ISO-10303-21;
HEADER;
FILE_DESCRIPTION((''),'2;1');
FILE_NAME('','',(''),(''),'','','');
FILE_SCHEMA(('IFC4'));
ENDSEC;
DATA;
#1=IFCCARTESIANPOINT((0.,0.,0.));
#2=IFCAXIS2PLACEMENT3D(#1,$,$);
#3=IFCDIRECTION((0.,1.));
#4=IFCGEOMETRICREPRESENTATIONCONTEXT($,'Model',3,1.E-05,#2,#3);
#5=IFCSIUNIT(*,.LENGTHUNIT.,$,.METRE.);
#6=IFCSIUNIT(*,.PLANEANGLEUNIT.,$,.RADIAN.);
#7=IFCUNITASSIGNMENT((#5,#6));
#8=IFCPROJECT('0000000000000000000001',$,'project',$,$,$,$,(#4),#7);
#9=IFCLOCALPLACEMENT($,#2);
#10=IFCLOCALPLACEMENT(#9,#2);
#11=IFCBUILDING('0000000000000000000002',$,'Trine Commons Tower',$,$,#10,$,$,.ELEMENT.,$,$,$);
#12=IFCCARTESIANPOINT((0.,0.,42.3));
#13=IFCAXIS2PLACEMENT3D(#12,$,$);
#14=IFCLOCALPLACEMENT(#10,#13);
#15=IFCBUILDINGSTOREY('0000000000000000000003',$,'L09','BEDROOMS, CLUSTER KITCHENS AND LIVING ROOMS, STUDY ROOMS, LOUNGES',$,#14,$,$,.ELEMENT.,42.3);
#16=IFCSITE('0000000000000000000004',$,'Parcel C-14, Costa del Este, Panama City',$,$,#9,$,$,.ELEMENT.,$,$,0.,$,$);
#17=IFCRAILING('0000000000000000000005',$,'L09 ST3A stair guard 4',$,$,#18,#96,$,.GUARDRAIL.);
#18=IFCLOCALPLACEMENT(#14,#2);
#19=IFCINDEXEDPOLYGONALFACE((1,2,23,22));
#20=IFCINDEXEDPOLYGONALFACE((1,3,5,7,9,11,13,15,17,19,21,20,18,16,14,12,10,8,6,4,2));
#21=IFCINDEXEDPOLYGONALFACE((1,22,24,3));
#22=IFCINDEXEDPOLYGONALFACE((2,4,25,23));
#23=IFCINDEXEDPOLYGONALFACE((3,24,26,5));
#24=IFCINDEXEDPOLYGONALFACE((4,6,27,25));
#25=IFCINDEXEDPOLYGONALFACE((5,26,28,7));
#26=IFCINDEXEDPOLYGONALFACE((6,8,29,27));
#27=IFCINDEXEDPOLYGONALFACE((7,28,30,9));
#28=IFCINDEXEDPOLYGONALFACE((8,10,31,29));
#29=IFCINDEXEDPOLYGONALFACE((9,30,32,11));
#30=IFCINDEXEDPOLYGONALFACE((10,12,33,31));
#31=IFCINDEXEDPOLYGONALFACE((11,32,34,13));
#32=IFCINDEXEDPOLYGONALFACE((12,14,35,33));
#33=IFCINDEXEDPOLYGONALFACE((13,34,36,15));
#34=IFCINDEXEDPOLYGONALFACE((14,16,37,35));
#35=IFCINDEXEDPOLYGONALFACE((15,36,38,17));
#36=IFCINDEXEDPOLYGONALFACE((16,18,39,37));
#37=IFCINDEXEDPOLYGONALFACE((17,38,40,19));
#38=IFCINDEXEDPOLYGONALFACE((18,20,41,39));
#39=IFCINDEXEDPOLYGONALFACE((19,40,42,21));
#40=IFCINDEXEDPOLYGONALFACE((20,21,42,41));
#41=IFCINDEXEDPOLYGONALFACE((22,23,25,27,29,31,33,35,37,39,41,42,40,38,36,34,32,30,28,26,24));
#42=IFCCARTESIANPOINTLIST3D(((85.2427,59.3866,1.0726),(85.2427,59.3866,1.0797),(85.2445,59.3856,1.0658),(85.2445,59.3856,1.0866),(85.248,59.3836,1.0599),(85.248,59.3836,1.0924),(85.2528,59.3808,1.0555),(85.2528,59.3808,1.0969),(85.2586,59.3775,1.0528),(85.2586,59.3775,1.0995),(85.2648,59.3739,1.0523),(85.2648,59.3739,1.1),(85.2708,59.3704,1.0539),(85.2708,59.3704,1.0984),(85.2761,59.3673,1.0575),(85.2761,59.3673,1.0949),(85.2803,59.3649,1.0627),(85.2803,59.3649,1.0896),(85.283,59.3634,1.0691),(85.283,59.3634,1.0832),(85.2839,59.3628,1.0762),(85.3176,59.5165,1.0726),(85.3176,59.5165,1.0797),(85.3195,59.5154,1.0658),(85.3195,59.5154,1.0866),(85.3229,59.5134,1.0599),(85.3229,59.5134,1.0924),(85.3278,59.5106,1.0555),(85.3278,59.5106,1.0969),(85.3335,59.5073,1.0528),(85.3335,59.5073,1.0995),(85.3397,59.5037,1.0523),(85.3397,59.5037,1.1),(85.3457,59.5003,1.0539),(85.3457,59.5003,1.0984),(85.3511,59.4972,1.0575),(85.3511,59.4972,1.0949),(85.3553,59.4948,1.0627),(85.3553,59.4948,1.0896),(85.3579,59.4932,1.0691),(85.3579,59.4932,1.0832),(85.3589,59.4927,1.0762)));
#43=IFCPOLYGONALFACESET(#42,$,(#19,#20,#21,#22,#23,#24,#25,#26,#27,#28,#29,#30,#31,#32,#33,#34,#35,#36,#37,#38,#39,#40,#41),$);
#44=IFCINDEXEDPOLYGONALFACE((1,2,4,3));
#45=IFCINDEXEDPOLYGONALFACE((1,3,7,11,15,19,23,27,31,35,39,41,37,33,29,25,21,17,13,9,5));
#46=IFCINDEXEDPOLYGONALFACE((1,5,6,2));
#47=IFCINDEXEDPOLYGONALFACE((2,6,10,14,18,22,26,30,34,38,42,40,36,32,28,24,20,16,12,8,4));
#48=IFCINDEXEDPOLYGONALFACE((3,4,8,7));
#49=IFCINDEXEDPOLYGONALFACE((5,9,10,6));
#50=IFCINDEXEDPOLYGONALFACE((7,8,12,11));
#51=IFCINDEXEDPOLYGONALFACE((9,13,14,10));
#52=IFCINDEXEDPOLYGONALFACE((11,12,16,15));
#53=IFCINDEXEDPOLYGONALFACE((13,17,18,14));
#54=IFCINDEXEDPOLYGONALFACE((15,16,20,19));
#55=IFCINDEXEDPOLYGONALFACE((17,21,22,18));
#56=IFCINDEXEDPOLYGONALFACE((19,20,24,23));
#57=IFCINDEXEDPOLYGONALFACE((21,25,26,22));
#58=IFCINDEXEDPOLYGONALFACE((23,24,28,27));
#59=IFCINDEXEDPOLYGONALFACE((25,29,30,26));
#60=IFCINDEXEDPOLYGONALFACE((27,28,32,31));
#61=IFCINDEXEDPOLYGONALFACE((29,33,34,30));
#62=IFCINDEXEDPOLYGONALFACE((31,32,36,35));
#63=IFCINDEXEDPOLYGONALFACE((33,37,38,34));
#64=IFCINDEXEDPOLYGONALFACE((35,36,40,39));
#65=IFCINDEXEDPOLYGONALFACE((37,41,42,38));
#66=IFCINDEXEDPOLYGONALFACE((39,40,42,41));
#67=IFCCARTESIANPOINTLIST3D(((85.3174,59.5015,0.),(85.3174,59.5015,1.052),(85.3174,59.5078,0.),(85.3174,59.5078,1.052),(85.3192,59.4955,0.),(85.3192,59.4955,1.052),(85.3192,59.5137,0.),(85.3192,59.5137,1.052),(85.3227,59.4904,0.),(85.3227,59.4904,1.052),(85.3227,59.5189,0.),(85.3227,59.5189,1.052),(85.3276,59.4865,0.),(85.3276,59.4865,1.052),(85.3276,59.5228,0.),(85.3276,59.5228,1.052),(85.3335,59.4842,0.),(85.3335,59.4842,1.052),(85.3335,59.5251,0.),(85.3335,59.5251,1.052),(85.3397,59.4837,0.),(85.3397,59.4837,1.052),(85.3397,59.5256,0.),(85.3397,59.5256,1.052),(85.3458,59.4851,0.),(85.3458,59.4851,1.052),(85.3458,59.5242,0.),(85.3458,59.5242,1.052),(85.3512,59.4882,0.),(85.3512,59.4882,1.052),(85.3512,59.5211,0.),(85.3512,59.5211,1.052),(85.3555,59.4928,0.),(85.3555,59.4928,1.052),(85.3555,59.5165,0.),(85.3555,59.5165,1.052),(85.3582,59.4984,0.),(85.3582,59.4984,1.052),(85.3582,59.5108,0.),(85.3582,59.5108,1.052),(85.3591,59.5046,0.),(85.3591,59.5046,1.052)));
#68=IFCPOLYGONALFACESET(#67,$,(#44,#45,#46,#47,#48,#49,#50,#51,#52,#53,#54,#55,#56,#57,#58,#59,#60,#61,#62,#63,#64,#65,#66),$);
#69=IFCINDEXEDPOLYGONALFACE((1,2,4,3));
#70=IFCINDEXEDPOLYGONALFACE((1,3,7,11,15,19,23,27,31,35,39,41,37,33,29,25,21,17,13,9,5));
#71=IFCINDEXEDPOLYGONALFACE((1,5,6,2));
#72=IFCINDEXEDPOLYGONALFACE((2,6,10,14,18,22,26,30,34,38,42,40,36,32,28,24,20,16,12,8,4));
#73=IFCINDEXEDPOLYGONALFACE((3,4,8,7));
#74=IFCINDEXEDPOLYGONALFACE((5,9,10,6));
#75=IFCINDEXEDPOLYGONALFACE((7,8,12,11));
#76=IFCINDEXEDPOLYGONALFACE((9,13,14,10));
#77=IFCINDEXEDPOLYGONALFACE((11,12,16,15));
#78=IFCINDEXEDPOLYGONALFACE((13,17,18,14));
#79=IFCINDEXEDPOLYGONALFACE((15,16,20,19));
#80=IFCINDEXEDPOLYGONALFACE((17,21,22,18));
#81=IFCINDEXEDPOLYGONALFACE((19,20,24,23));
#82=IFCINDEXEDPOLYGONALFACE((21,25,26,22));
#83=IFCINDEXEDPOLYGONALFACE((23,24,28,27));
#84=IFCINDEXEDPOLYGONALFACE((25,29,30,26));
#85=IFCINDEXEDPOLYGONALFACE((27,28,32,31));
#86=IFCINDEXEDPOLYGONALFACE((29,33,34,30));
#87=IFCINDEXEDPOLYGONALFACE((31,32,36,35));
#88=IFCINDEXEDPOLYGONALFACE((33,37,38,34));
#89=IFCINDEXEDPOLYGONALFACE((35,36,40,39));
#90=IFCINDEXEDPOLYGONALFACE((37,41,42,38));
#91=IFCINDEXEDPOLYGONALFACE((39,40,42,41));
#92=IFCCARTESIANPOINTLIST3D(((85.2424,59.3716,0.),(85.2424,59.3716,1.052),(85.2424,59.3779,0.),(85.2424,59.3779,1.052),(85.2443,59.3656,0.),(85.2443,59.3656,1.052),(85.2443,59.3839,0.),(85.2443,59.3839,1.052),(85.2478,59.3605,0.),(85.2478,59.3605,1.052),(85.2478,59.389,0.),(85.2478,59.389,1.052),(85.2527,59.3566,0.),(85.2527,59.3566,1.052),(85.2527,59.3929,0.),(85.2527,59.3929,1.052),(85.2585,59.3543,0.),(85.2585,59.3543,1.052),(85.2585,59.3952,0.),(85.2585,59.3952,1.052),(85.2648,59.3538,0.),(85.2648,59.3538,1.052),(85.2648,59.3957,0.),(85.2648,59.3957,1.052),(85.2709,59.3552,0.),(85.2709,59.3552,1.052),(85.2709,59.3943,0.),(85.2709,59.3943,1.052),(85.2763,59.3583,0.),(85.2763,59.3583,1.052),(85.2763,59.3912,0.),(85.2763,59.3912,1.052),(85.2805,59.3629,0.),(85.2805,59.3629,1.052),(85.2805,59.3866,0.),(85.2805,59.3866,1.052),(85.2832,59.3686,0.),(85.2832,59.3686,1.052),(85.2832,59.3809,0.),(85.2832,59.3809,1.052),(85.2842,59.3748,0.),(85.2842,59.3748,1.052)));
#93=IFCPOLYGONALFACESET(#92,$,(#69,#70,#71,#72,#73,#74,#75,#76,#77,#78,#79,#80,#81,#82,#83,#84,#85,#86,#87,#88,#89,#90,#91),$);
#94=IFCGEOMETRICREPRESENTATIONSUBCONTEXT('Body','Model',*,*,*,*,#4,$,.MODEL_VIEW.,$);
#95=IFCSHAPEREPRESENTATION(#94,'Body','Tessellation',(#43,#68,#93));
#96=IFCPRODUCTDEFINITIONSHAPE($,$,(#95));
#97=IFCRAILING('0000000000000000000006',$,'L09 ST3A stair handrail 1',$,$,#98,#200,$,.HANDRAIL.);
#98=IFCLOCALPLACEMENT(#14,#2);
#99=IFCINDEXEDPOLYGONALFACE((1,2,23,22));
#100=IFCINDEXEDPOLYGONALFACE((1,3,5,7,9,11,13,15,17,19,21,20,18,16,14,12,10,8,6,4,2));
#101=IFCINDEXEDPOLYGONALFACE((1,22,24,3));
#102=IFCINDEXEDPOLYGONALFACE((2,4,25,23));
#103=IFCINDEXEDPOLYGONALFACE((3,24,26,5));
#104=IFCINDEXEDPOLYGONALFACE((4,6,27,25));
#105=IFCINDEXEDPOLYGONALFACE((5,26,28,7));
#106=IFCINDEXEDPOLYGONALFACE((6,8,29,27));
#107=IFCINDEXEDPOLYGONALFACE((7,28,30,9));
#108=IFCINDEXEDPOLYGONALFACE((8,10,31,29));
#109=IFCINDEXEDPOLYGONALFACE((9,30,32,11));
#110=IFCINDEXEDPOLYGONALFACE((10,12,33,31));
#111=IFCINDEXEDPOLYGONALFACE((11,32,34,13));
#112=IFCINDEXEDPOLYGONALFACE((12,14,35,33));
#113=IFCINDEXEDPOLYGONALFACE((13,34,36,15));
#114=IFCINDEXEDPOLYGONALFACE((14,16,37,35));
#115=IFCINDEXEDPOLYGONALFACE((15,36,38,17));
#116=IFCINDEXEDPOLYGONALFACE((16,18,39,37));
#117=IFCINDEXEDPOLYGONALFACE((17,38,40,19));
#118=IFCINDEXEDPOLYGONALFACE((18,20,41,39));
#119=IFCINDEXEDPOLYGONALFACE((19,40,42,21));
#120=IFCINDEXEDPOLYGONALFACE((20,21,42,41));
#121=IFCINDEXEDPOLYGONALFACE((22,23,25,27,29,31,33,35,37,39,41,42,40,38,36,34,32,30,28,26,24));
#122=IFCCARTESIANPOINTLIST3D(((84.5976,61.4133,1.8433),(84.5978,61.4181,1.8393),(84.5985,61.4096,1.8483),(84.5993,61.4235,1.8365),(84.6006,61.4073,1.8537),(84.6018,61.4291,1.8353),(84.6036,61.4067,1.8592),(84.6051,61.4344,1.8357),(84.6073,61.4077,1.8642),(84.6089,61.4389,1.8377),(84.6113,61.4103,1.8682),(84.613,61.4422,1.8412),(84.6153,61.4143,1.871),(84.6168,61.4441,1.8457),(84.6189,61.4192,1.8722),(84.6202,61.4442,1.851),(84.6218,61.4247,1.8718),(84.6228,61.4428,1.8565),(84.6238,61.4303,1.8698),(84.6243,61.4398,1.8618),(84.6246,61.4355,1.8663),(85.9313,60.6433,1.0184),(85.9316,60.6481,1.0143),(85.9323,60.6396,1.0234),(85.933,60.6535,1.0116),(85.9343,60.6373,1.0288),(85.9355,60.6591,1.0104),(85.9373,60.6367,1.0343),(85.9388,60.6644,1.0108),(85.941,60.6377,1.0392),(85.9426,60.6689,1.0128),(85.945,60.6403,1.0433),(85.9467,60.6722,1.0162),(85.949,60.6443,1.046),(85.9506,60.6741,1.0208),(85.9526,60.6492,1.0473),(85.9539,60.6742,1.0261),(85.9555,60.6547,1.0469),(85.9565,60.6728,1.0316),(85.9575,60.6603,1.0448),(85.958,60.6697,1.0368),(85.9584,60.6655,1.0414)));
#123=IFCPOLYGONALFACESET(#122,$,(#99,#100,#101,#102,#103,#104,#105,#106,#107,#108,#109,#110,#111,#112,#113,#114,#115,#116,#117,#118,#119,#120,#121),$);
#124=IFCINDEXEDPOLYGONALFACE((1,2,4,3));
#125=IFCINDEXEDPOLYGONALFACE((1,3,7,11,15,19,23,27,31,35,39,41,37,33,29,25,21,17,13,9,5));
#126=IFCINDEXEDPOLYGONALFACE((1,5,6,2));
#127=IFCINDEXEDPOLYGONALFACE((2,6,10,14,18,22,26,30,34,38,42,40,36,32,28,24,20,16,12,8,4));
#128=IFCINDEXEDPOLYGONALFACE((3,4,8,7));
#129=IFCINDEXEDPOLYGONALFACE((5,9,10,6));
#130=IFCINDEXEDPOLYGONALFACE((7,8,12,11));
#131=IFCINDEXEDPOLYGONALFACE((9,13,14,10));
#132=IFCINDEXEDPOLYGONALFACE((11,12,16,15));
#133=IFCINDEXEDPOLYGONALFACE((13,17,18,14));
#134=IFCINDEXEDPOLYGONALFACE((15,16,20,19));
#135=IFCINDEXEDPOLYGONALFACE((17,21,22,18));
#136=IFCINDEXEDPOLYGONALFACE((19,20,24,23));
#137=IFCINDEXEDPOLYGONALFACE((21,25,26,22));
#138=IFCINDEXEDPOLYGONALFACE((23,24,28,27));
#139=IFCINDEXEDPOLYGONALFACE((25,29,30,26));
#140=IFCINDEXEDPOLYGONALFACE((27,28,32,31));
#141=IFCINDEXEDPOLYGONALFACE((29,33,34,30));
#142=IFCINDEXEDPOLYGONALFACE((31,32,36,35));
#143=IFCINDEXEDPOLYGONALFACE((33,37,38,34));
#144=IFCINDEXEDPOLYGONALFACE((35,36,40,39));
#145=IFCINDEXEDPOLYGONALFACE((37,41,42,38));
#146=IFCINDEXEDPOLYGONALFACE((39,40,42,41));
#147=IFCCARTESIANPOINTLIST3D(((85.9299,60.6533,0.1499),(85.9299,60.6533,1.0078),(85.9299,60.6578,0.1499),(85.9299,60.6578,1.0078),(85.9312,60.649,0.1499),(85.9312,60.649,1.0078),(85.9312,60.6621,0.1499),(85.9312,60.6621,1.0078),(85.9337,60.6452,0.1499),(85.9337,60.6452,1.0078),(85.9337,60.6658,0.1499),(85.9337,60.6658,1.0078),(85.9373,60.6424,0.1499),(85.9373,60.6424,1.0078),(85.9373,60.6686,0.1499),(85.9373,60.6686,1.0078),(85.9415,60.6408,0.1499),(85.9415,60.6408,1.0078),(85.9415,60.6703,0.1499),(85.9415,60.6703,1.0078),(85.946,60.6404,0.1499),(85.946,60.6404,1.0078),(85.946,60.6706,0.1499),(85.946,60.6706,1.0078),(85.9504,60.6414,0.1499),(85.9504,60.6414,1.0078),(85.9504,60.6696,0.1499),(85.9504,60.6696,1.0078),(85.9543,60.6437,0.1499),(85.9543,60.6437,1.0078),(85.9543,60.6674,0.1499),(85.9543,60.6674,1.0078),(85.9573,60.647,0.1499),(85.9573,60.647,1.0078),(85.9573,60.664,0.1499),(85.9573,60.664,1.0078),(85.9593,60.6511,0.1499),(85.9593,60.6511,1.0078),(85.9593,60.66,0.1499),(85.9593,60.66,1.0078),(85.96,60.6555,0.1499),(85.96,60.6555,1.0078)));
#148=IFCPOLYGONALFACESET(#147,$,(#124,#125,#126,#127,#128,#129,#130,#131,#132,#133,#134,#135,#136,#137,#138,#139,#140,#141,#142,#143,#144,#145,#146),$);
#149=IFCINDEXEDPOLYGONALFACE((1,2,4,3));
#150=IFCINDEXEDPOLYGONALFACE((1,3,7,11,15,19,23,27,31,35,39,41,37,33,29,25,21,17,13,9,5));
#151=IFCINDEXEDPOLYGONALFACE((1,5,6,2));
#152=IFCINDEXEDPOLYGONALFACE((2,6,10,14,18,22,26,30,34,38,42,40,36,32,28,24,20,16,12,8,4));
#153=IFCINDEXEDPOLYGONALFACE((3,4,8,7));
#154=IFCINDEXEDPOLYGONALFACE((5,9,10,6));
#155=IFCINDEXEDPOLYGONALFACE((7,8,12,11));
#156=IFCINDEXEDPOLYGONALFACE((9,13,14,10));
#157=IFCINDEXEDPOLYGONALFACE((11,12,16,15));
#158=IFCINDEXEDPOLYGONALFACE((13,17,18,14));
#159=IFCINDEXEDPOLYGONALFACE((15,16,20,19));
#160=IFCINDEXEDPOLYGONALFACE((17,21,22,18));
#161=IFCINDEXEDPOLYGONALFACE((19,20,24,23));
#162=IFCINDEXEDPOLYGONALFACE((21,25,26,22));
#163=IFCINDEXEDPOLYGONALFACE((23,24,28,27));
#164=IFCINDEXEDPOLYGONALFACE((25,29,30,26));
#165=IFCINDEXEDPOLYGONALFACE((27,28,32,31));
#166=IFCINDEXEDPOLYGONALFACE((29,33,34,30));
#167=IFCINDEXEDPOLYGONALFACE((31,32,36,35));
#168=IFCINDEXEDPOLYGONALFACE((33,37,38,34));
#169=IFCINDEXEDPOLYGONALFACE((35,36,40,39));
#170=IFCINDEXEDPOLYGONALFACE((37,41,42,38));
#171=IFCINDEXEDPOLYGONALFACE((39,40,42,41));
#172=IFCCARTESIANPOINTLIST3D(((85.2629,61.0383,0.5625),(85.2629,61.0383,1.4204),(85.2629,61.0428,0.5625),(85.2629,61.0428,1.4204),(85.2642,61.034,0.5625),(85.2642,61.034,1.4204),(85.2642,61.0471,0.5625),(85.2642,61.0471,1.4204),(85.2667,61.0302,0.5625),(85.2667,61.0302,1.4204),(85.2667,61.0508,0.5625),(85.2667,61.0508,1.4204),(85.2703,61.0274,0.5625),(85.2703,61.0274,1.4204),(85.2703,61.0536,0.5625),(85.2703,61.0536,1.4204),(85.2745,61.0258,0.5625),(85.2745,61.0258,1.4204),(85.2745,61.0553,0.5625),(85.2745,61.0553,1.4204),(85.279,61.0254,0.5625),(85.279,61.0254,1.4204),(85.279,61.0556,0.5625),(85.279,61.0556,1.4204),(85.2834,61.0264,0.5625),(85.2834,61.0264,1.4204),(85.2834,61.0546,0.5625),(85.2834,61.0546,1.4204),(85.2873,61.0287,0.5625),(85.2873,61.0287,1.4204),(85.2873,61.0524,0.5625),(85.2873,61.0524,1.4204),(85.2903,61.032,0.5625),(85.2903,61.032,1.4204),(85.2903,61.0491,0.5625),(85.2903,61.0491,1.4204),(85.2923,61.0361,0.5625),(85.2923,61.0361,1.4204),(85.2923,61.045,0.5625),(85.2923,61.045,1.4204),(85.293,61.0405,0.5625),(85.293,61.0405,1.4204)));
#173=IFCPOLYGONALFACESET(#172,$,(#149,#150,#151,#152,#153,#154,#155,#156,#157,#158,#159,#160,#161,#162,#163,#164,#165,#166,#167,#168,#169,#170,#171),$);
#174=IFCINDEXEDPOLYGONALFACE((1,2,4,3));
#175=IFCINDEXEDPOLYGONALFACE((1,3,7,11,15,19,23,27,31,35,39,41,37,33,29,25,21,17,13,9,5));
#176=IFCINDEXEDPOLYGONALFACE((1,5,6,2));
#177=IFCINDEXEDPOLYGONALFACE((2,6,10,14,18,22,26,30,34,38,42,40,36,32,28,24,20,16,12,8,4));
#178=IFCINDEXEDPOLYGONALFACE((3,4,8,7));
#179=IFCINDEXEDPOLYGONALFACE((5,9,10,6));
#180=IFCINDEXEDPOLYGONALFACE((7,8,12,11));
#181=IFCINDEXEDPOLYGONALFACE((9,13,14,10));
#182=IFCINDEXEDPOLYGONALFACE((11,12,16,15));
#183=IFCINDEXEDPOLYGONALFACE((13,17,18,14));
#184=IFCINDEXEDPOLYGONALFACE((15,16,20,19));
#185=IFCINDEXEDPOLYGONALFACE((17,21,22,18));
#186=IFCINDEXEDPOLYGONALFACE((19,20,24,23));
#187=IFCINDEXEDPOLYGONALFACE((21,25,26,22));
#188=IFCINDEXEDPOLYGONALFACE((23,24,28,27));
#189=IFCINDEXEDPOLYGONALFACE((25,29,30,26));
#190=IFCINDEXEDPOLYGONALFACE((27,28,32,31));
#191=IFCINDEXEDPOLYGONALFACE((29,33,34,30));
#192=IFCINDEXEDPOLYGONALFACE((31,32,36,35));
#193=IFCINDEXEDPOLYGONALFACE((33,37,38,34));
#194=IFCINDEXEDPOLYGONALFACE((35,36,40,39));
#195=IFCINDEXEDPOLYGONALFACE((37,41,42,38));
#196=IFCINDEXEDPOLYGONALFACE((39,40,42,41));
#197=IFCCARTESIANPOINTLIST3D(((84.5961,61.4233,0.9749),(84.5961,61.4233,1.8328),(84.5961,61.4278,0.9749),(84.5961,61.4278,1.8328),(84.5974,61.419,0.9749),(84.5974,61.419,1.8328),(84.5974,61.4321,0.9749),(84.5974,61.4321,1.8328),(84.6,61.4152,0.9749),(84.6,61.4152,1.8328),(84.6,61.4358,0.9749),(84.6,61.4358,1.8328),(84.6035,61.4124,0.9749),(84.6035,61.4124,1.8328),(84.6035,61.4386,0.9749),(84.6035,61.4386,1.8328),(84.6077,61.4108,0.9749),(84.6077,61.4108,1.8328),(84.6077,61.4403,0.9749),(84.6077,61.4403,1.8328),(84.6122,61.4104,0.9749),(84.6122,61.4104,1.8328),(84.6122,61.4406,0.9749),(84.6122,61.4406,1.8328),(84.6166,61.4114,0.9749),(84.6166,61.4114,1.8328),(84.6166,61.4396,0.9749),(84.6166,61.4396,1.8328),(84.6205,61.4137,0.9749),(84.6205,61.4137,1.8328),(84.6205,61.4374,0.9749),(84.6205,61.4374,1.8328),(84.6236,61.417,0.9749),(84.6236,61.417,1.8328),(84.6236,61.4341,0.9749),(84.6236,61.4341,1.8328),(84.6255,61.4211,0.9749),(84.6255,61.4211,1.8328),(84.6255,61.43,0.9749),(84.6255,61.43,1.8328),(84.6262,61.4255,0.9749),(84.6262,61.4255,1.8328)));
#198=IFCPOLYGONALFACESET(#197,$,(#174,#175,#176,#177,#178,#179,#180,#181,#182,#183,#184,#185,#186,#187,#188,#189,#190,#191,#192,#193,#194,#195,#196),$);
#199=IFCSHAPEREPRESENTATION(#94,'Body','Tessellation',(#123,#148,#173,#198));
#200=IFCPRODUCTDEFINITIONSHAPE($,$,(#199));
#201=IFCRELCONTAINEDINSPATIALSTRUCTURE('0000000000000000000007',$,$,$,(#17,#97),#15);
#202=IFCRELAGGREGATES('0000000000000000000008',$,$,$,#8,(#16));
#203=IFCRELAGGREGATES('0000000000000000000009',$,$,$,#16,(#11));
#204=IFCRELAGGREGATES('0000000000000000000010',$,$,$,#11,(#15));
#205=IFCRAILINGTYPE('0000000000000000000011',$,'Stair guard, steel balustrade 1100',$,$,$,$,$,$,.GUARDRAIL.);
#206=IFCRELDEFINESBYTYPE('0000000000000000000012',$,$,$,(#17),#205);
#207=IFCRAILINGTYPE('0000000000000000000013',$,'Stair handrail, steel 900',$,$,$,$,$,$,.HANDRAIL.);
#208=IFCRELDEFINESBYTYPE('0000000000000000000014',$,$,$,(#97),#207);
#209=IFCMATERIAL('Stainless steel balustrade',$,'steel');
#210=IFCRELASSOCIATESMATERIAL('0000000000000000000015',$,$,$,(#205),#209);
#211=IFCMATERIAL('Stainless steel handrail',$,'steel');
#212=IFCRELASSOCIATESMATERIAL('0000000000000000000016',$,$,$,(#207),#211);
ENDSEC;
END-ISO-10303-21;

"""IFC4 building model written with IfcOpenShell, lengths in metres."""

from ifc_helpers import new_model, si_unit, direction, frame, origin, origin_2d, place, context, subcontext, project, spatial, circle, extrude, material, type_object, element, save


model = new_model("IFC4")

# Units and contexts
model_context = context("Model", 3, precision=1e-05, world=origin(), true_north=direction((0.0, 1.0)))
body_context = subcontext(model_context, "Body", "Model", "MODEL_VIEW")
ifc_project = project(units=[si_unit("LENGTHUNIT", "METRE"), si_unit("PLANEANGLEUNIT", "RADIAN")], contexts=[model_context])

# Site, building, storey
site_placement = place(None, origin())
site = spatial("IfcSite", under=ifc_project, at=site_placement, Name="Parcel C-14, Costa del Este, Panama City", CompositionType="ELEMENT", RefElevation=0.0)
building_placement = place(site_placement, origin())
building = spatial("IfcBuilding", under=site, at=building_placement, Name="Trine Commons Tower", CompositionType="ELEMENT")
storey_placement = place(building_placement, frame((0.0, 0.0, 42.3)))
storey = spatial("IfcBuildingStorey", under=building, at=storey_placement, Name="L09", Description="BEDROOMS, CLUSTER KITCHENS AND LIVING ROOMS, STUDY ROOMS, LOUNGES", CompositionType="ELEMENT", Elevation=42.3)

# Railings
ifc_material_1 = material(Name="Stainless steel balustrade", Category="steel")
railing_type_1 = type_object("IfcRailingType", Name="Stair guard, steel balustrade 1100", PredefinedType="GUARDRAIL", material=ifc_material_1)
railing_1_placement = place(storey_placement, frame((85.3381, 59.5046, 0.0)))
element("IfcRailing", 1, at=railing_1_placement, inside=storey, type_object=railing_type_1, Name="L09 ST3A stair guard 4", PredefinedType="GUARDRAIL", context=body_context, shape_type="SweptSolid", body=[
    extrude(circle(Radius=0.0239, at=origin_2d()), frame((0.0, 0.0, 1.0762), z_axis=(-0.499816, -0.866131, 0.0), x_axis=(0.866131, -0.499816, 0.0)), (0.0, 0.0, 1.0), 0.1499),
    extrude(circle(Radius=0.021, at=origin_2d()), origin(), (0.0, 0.0, 1.0), 1.052),
    extrude(circle(Radius=0.021, at=origin_2d()), frame((-0.075, -0.1299, 0.0)), (0.0, 0.0, 1.0), 1.052),
])
ifc_material_2 = material(Name="Stainless steel handrail", Category="steel")
railing_type_2 = type_object("IfcRailingType", Name="Stair handrail, steel 900", PredefinedType="HANDRAIL", material=ifc_material_2)
railing_2_placement = place(storey_placement, frame((85.9448, 60.6555, 0.1499)))
element("IfcRailing", 2, at=railing_2_placement, inside=storey, type_object=railing_type_2, Name="L09 ST3A stair handrail 1", PredefinedType="HANDRAIL", context=body_context, shape_type="SweptSolid", body=[
    extrude(circle(Radius=0.021, at=origin_2d()), frame((0.0, 0.0, 0.8789), z_axis=(-0.763405, 0.440743, 0.472185), x_axis=(-0.499992, -0.86603, 0.0)), (0.0, 0.0, 1.0), 1.7471),
    extrude(circle(Radius=0.0151, at=origin_2d()), origin(), (0.0, 0.0, 1.0), 0.8579),
    extrude(circle(Radius=0.0151, at=origin_2d()), frame((-0.667, 0.385, 0.4126)), (0.0, 0.0, 1.0), 0.8579),
    extrude(circle(Radius=0.0151, at=origin_2d()), frame((-1.3337, 0.77, 0.825)), (0.0, 0.0, 1.0), 0.8579),
])

save(model, "model.ifc")
